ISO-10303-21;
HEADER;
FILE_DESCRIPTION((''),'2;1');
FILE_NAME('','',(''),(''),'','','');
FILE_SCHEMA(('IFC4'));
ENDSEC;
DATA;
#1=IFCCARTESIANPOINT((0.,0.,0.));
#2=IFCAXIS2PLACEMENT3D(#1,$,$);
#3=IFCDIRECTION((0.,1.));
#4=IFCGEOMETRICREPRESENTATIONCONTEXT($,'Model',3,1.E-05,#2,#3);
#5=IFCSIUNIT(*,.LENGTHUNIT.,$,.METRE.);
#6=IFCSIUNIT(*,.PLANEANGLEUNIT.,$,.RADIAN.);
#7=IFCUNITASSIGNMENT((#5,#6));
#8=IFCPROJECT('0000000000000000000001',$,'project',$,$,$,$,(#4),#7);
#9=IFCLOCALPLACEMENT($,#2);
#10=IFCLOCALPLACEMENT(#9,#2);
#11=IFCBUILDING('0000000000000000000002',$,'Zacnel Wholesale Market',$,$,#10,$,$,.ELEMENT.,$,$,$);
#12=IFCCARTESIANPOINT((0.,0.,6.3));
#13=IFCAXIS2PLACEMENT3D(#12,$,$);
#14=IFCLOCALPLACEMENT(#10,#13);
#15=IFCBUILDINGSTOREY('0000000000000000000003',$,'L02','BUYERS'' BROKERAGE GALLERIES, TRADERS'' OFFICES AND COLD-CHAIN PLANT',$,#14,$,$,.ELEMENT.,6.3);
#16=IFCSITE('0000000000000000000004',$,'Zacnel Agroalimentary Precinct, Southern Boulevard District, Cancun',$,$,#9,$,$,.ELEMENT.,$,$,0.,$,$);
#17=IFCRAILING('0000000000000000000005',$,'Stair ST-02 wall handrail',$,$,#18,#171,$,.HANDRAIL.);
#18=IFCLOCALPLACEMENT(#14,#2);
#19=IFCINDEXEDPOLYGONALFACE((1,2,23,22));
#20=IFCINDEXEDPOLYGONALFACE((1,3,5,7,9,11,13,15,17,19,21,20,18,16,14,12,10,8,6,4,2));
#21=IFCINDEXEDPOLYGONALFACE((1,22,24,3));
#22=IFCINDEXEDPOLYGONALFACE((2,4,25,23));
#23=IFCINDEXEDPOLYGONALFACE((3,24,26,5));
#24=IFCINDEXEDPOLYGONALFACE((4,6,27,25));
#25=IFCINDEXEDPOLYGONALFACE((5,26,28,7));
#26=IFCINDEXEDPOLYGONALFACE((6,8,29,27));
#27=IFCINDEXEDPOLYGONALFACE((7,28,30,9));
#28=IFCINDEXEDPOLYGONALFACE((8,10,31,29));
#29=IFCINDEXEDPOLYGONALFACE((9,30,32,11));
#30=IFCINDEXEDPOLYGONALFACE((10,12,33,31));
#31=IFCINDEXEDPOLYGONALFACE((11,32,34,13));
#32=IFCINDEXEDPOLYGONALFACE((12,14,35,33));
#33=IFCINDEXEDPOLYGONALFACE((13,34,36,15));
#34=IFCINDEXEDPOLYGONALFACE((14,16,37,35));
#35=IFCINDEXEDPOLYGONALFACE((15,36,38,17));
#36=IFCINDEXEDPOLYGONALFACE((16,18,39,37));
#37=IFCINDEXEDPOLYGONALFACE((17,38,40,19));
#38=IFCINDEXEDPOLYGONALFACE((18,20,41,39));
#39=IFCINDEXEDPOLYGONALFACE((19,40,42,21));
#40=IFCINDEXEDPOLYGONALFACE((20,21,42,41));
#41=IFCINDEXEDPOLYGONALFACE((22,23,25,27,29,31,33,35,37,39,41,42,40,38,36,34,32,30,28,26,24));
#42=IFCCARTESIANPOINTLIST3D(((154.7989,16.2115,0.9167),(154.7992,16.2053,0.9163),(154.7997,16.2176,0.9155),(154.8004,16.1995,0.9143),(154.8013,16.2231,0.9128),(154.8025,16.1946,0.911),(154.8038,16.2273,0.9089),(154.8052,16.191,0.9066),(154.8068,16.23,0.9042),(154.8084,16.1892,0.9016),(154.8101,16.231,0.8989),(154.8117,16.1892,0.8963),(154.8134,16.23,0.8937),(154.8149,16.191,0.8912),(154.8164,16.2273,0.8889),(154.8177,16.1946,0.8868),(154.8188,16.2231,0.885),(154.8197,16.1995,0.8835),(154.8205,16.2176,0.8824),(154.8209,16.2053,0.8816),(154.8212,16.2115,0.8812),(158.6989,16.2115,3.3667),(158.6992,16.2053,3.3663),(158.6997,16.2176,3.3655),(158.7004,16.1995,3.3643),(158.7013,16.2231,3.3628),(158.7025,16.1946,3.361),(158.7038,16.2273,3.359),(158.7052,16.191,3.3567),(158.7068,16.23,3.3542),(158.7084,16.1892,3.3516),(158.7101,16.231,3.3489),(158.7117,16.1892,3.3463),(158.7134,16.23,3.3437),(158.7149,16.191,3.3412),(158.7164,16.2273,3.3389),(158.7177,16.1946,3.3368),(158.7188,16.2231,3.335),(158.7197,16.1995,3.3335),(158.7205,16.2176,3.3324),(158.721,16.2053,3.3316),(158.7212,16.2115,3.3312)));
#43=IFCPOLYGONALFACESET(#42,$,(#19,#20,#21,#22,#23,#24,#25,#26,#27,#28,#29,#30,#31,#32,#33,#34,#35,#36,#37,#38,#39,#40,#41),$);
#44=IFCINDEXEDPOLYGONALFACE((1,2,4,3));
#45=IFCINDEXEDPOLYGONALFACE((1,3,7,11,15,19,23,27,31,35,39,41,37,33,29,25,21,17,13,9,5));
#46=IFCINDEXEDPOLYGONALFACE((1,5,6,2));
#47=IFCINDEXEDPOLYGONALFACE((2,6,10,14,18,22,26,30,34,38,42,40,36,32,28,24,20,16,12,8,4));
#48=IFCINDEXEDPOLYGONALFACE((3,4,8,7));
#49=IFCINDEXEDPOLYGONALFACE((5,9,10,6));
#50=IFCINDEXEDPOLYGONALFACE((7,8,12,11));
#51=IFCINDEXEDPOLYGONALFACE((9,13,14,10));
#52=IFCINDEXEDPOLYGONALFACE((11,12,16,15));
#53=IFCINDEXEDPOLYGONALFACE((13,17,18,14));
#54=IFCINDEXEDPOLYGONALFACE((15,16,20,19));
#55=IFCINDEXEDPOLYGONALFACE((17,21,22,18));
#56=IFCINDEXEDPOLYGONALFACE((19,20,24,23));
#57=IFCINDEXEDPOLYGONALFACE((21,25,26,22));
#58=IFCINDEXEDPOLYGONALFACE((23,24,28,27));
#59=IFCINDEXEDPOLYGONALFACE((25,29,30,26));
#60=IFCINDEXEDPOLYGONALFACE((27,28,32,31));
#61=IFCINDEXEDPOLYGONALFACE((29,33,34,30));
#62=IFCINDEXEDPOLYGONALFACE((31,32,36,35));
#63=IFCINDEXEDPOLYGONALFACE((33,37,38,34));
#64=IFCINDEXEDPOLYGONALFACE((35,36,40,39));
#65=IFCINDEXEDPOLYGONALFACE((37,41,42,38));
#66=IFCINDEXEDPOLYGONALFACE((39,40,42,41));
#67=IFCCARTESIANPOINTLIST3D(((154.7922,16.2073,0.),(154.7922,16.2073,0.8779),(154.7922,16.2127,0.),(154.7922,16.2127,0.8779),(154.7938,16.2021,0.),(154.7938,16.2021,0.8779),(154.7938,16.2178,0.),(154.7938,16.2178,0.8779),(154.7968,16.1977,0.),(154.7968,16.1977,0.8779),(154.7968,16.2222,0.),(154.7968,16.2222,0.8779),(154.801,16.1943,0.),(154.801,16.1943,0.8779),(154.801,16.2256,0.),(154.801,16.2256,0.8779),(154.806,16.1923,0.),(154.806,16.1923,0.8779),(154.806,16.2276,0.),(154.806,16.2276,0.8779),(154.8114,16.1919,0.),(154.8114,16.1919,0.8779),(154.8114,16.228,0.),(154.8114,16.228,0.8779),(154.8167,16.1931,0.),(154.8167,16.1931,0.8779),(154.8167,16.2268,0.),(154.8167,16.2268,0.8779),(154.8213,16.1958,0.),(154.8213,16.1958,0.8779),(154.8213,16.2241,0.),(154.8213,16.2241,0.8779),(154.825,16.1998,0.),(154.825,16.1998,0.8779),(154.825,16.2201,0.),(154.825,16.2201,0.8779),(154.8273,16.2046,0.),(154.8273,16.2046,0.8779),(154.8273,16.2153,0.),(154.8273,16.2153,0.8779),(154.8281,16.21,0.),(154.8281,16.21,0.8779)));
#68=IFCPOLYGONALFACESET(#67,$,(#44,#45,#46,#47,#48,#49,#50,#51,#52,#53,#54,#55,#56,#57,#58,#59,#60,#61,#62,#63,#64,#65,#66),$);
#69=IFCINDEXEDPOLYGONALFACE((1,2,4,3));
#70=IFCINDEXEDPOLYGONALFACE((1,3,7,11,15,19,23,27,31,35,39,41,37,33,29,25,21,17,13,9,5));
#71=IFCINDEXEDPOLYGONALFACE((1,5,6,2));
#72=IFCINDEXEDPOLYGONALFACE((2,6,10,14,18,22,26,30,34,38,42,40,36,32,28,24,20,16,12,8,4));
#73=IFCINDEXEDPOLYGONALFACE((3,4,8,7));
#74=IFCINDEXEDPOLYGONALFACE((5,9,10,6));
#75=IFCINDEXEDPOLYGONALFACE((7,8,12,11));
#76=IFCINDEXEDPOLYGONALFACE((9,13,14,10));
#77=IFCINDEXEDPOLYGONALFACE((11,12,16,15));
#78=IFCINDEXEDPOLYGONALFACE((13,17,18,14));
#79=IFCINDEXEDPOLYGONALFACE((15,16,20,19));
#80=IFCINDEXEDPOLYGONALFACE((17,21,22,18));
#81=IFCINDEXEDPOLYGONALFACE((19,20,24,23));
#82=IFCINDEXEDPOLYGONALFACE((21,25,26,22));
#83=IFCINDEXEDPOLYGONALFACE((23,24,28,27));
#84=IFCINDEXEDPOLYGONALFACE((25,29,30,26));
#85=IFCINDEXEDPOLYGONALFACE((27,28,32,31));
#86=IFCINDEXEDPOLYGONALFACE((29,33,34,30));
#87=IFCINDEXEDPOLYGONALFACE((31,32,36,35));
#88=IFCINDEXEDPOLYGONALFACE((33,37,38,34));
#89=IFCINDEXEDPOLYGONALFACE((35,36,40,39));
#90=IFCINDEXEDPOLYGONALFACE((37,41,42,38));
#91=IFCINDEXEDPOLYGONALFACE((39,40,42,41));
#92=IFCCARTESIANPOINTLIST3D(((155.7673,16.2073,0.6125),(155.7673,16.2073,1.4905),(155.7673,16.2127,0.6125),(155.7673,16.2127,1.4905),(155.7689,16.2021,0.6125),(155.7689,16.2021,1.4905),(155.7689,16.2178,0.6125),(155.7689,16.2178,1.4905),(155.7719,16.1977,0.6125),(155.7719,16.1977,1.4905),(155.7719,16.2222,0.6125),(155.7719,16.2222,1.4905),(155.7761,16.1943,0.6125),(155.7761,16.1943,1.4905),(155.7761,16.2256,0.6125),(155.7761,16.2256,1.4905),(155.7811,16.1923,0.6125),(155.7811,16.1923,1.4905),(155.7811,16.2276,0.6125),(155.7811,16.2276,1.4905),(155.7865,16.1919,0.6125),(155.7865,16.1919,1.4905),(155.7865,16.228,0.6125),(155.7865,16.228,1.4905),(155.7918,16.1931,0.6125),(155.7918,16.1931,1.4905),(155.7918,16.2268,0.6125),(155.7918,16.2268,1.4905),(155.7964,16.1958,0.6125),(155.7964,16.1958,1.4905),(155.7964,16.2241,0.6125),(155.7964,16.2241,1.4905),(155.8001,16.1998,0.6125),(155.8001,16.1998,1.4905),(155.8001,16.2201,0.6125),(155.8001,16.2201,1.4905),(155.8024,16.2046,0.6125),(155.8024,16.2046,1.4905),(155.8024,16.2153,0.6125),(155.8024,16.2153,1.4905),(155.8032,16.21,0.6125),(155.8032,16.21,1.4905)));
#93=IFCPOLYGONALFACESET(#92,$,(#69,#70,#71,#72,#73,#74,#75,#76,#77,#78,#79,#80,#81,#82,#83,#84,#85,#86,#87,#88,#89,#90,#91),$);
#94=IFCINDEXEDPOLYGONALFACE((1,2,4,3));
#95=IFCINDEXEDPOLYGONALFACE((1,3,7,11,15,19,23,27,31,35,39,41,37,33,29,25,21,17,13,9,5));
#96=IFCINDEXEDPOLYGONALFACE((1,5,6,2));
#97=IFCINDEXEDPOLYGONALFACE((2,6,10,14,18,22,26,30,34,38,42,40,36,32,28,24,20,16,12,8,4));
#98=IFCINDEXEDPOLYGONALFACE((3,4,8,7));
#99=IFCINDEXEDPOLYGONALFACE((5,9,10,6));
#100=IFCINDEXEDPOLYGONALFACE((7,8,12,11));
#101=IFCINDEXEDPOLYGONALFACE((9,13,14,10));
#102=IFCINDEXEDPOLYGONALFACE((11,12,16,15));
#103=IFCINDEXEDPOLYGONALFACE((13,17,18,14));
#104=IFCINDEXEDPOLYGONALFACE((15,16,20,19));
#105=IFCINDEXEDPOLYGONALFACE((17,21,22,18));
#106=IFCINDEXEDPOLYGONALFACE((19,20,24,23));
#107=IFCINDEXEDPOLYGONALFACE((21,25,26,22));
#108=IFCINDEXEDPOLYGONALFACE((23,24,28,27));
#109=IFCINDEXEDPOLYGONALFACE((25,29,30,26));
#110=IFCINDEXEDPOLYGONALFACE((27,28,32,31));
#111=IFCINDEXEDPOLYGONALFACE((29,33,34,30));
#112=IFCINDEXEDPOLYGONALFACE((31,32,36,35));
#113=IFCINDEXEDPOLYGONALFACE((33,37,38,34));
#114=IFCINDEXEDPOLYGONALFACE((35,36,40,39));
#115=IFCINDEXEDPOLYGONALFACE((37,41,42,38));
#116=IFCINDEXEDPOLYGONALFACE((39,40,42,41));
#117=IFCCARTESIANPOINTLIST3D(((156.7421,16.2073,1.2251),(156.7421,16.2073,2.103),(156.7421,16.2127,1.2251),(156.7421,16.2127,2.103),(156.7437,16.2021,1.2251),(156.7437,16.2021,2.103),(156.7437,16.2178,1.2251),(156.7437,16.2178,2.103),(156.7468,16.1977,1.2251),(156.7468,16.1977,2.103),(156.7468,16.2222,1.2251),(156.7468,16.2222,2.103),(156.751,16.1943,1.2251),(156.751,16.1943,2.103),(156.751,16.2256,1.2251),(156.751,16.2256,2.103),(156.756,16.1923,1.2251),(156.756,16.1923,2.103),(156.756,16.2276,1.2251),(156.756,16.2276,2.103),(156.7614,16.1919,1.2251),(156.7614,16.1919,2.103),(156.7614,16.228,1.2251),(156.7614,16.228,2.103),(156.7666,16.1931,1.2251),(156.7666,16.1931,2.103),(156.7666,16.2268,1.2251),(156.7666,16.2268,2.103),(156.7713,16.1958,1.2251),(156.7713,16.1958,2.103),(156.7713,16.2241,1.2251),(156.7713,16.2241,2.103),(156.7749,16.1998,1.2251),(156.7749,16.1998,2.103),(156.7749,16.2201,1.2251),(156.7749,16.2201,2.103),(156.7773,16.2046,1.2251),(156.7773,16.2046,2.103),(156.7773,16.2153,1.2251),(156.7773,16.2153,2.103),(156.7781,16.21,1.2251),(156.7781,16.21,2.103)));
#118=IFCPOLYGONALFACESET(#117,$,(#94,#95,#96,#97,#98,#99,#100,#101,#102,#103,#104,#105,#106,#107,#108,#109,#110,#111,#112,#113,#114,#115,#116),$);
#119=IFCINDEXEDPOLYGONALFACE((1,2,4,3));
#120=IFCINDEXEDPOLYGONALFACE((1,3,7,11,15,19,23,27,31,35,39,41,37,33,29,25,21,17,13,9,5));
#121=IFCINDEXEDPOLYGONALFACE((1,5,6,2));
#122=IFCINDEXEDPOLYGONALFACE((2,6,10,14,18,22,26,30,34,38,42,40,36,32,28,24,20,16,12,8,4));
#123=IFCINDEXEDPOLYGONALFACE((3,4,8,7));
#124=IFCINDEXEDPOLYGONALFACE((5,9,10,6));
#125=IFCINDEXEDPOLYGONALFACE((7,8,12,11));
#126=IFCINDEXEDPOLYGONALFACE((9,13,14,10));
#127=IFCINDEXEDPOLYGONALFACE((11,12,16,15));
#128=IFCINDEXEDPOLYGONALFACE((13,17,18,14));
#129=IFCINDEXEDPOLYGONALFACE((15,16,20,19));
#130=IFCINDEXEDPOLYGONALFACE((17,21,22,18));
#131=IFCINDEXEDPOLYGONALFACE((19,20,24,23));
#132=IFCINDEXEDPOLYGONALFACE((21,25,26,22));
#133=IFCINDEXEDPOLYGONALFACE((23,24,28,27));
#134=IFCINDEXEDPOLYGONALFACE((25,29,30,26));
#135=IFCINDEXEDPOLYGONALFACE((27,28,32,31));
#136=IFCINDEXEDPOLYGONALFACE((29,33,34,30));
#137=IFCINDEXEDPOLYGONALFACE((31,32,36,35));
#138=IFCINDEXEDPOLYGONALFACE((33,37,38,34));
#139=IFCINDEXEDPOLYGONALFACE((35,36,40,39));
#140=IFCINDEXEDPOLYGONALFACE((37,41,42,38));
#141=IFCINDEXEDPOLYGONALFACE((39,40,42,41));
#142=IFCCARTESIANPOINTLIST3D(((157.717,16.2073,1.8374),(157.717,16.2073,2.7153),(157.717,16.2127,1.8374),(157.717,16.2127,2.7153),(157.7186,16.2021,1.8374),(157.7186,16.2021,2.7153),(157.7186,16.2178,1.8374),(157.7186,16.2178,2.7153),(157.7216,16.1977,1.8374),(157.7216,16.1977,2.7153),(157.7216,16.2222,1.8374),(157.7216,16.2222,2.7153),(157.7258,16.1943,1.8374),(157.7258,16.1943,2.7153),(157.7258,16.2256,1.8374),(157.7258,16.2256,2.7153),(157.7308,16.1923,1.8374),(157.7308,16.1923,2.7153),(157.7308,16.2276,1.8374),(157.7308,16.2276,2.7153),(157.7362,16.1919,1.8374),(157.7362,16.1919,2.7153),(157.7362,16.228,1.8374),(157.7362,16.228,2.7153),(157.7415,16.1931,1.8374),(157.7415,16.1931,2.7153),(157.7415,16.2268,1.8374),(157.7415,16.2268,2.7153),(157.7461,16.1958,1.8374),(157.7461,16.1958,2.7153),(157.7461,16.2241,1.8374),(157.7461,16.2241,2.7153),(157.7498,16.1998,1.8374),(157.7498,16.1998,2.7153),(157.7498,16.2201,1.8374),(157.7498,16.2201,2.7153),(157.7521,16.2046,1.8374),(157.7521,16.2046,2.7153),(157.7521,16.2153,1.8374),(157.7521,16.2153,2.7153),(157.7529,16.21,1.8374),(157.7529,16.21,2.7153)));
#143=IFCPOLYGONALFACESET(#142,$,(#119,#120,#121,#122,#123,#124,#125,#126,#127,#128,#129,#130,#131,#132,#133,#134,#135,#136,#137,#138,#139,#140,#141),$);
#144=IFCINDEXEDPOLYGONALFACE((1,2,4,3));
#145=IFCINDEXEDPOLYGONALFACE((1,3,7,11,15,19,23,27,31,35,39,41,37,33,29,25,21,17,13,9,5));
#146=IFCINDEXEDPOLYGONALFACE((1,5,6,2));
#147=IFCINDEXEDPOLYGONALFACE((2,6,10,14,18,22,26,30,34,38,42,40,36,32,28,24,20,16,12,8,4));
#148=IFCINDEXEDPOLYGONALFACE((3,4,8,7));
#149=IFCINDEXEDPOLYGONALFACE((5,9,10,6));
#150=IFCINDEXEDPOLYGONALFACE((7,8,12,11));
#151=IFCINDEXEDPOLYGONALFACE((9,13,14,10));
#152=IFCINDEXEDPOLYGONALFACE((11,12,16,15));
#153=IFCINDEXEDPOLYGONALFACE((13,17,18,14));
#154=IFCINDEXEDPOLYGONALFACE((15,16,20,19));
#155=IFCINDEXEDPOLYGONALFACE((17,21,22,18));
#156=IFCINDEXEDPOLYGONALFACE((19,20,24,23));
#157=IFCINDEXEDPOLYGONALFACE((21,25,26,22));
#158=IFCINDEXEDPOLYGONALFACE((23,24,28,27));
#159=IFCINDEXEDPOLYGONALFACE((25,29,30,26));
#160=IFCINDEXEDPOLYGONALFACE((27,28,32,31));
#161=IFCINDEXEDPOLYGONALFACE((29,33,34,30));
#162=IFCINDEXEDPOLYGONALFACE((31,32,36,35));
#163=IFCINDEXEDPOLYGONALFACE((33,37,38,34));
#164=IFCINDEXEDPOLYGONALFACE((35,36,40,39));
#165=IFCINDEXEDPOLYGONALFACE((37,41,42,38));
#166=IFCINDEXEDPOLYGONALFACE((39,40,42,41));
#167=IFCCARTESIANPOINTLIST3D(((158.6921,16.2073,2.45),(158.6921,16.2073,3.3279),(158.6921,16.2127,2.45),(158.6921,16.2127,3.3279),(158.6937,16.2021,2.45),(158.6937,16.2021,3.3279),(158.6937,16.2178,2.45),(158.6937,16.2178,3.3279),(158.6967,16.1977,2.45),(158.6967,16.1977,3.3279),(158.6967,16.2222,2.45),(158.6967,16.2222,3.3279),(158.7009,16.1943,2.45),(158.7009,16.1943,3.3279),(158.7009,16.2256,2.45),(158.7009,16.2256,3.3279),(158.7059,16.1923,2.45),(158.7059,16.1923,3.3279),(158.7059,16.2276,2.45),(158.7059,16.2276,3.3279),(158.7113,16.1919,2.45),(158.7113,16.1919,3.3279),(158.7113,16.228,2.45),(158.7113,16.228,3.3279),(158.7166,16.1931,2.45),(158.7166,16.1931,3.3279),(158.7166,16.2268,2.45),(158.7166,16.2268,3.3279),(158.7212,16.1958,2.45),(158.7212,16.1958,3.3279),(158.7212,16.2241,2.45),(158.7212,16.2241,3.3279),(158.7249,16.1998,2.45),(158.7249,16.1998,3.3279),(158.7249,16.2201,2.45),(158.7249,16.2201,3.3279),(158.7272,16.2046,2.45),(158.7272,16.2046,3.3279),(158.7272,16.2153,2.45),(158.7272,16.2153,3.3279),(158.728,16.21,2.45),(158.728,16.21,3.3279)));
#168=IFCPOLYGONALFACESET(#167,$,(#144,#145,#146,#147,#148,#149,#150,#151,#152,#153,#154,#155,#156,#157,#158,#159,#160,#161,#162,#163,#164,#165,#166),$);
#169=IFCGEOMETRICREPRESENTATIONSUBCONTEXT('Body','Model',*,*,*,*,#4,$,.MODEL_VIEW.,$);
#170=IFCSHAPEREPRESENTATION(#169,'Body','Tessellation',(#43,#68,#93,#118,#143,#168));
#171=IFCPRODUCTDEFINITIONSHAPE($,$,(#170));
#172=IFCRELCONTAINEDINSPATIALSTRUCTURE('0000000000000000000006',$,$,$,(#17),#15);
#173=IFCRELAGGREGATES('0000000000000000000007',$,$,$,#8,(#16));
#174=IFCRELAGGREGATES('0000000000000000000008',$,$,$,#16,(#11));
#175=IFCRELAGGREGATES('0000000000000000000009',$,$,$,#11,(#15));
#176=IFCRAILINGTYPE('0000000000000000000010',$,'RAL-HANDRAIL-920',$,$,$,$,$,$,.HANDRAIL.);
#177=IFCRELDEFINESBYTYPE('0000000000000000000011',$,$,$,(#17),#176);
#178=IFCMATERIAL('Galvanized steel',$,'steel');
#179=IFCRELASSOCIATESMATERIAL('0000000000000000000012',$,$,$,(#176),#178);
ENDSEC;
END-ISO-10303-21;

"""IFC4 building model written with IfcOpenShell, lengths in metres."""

from ifc_helpers import new_model, si_unit, direction, frame, origin, origin_2d, place, context, subcontext, project, spatial, circle, extrude, material, type_object, element, save


model = new_model("IFC4")

# Units and contexts
model_context = context("Model", 3, precision=1e-05, world=origin(), true_north=direction((0.0, 1.0)))
body_context = subcontext(model_context, "Body", "Model", "MODEL_VIEW")
ifc_project = project(units=[si_unit("LENGTHUNIT", "METRE"), si_unit("PLANEANGLEUNIT", "RADIAN")], contexts=[model_context])

# Site, building, storey
site_placement = place(None, origin())
site = spatial("IfcSite", under=ifc_project, at=site_placement, Name="Zacnel Agroalimentary Precinct, Southern Boulevard District, Cancun", CompositionType="ELEMENT", RefElevation=0.0)
building_placement = place(site_placement, origin())
building = spatial("IfcBuilding", under=site, at=building_placement, Name="Zacnel Wholesale Market", CompositionType="ELEMENT")
storey_placement = place(building_placement, frame((0.0, 0.0, 6.3)))
storey = spatial("IfcBuildingStorey", under=building, at=storey_placement, Name="L02", Description="BUYERS' BROKERAGE GALLERIES, TRADERS' OFFICES AND COLD-CHAIN PLANT", CompositionType="ELEMENT", Elevation=6.3)

# Railing
ifc_material_1 = material(Name="Galvanized steel", Category="steel")
railing_type_1 = type_object("IfcRailingType", Name="RAL-HANDRAIL-920", PredefinedType="HANDRAIL", material=ifc_material_1)
railing_1_placement = place(storey_placement, frame((154.8101, 16.21, 0.0)))
element("IfcRailing", 1, at=railing_1_placement, inside=storey, type_object=railing_type_1, Name="Stair ST-02 wall handrail", PredefinedType="HANDRAIL", context=body_context, shape_type="SweptSolid", body=[
    extrude(circle(Radius=0.021, at=origin_2d()), frame((0.0, 0.0, 0.8989), z_axis=(0.846775, 0.0, 0.531951), x_axis=(0.0, 1.0, 0.0)), (0.0, 0.0, 1.0), 4.6057),
    extrude(circle(Radius=0.0181, at=origin_2d()), origin(), (0.0, 0.0, 1.0), 0.8779),
    extrude(circle(Radius=0.0181, at=origin_2d()), frame((0.9751, 0.0, 0.6125)), (0.0, 0.0, 1.0), 0.8779),
    extrude(circle(Radius=0.0181, at=origin_2d()), frame((1.95, 0.0, 1.2251)), (0.0, 0.0, 1.0), 0.8779),
    extrude(circle(Radius=0.0181, at=origin_2d()), frame((2.9248, 0.0, 1.8374)), (0.0, 0.0, 1.0), 0.8779),
    extrude(circle(Radius=0.0181, at=origin_2d()), frame((3.8999, 0.0, 2.45)), (0.0, 0.0, 1.0), 0.8779),
])

save(model, "model.ifc")
